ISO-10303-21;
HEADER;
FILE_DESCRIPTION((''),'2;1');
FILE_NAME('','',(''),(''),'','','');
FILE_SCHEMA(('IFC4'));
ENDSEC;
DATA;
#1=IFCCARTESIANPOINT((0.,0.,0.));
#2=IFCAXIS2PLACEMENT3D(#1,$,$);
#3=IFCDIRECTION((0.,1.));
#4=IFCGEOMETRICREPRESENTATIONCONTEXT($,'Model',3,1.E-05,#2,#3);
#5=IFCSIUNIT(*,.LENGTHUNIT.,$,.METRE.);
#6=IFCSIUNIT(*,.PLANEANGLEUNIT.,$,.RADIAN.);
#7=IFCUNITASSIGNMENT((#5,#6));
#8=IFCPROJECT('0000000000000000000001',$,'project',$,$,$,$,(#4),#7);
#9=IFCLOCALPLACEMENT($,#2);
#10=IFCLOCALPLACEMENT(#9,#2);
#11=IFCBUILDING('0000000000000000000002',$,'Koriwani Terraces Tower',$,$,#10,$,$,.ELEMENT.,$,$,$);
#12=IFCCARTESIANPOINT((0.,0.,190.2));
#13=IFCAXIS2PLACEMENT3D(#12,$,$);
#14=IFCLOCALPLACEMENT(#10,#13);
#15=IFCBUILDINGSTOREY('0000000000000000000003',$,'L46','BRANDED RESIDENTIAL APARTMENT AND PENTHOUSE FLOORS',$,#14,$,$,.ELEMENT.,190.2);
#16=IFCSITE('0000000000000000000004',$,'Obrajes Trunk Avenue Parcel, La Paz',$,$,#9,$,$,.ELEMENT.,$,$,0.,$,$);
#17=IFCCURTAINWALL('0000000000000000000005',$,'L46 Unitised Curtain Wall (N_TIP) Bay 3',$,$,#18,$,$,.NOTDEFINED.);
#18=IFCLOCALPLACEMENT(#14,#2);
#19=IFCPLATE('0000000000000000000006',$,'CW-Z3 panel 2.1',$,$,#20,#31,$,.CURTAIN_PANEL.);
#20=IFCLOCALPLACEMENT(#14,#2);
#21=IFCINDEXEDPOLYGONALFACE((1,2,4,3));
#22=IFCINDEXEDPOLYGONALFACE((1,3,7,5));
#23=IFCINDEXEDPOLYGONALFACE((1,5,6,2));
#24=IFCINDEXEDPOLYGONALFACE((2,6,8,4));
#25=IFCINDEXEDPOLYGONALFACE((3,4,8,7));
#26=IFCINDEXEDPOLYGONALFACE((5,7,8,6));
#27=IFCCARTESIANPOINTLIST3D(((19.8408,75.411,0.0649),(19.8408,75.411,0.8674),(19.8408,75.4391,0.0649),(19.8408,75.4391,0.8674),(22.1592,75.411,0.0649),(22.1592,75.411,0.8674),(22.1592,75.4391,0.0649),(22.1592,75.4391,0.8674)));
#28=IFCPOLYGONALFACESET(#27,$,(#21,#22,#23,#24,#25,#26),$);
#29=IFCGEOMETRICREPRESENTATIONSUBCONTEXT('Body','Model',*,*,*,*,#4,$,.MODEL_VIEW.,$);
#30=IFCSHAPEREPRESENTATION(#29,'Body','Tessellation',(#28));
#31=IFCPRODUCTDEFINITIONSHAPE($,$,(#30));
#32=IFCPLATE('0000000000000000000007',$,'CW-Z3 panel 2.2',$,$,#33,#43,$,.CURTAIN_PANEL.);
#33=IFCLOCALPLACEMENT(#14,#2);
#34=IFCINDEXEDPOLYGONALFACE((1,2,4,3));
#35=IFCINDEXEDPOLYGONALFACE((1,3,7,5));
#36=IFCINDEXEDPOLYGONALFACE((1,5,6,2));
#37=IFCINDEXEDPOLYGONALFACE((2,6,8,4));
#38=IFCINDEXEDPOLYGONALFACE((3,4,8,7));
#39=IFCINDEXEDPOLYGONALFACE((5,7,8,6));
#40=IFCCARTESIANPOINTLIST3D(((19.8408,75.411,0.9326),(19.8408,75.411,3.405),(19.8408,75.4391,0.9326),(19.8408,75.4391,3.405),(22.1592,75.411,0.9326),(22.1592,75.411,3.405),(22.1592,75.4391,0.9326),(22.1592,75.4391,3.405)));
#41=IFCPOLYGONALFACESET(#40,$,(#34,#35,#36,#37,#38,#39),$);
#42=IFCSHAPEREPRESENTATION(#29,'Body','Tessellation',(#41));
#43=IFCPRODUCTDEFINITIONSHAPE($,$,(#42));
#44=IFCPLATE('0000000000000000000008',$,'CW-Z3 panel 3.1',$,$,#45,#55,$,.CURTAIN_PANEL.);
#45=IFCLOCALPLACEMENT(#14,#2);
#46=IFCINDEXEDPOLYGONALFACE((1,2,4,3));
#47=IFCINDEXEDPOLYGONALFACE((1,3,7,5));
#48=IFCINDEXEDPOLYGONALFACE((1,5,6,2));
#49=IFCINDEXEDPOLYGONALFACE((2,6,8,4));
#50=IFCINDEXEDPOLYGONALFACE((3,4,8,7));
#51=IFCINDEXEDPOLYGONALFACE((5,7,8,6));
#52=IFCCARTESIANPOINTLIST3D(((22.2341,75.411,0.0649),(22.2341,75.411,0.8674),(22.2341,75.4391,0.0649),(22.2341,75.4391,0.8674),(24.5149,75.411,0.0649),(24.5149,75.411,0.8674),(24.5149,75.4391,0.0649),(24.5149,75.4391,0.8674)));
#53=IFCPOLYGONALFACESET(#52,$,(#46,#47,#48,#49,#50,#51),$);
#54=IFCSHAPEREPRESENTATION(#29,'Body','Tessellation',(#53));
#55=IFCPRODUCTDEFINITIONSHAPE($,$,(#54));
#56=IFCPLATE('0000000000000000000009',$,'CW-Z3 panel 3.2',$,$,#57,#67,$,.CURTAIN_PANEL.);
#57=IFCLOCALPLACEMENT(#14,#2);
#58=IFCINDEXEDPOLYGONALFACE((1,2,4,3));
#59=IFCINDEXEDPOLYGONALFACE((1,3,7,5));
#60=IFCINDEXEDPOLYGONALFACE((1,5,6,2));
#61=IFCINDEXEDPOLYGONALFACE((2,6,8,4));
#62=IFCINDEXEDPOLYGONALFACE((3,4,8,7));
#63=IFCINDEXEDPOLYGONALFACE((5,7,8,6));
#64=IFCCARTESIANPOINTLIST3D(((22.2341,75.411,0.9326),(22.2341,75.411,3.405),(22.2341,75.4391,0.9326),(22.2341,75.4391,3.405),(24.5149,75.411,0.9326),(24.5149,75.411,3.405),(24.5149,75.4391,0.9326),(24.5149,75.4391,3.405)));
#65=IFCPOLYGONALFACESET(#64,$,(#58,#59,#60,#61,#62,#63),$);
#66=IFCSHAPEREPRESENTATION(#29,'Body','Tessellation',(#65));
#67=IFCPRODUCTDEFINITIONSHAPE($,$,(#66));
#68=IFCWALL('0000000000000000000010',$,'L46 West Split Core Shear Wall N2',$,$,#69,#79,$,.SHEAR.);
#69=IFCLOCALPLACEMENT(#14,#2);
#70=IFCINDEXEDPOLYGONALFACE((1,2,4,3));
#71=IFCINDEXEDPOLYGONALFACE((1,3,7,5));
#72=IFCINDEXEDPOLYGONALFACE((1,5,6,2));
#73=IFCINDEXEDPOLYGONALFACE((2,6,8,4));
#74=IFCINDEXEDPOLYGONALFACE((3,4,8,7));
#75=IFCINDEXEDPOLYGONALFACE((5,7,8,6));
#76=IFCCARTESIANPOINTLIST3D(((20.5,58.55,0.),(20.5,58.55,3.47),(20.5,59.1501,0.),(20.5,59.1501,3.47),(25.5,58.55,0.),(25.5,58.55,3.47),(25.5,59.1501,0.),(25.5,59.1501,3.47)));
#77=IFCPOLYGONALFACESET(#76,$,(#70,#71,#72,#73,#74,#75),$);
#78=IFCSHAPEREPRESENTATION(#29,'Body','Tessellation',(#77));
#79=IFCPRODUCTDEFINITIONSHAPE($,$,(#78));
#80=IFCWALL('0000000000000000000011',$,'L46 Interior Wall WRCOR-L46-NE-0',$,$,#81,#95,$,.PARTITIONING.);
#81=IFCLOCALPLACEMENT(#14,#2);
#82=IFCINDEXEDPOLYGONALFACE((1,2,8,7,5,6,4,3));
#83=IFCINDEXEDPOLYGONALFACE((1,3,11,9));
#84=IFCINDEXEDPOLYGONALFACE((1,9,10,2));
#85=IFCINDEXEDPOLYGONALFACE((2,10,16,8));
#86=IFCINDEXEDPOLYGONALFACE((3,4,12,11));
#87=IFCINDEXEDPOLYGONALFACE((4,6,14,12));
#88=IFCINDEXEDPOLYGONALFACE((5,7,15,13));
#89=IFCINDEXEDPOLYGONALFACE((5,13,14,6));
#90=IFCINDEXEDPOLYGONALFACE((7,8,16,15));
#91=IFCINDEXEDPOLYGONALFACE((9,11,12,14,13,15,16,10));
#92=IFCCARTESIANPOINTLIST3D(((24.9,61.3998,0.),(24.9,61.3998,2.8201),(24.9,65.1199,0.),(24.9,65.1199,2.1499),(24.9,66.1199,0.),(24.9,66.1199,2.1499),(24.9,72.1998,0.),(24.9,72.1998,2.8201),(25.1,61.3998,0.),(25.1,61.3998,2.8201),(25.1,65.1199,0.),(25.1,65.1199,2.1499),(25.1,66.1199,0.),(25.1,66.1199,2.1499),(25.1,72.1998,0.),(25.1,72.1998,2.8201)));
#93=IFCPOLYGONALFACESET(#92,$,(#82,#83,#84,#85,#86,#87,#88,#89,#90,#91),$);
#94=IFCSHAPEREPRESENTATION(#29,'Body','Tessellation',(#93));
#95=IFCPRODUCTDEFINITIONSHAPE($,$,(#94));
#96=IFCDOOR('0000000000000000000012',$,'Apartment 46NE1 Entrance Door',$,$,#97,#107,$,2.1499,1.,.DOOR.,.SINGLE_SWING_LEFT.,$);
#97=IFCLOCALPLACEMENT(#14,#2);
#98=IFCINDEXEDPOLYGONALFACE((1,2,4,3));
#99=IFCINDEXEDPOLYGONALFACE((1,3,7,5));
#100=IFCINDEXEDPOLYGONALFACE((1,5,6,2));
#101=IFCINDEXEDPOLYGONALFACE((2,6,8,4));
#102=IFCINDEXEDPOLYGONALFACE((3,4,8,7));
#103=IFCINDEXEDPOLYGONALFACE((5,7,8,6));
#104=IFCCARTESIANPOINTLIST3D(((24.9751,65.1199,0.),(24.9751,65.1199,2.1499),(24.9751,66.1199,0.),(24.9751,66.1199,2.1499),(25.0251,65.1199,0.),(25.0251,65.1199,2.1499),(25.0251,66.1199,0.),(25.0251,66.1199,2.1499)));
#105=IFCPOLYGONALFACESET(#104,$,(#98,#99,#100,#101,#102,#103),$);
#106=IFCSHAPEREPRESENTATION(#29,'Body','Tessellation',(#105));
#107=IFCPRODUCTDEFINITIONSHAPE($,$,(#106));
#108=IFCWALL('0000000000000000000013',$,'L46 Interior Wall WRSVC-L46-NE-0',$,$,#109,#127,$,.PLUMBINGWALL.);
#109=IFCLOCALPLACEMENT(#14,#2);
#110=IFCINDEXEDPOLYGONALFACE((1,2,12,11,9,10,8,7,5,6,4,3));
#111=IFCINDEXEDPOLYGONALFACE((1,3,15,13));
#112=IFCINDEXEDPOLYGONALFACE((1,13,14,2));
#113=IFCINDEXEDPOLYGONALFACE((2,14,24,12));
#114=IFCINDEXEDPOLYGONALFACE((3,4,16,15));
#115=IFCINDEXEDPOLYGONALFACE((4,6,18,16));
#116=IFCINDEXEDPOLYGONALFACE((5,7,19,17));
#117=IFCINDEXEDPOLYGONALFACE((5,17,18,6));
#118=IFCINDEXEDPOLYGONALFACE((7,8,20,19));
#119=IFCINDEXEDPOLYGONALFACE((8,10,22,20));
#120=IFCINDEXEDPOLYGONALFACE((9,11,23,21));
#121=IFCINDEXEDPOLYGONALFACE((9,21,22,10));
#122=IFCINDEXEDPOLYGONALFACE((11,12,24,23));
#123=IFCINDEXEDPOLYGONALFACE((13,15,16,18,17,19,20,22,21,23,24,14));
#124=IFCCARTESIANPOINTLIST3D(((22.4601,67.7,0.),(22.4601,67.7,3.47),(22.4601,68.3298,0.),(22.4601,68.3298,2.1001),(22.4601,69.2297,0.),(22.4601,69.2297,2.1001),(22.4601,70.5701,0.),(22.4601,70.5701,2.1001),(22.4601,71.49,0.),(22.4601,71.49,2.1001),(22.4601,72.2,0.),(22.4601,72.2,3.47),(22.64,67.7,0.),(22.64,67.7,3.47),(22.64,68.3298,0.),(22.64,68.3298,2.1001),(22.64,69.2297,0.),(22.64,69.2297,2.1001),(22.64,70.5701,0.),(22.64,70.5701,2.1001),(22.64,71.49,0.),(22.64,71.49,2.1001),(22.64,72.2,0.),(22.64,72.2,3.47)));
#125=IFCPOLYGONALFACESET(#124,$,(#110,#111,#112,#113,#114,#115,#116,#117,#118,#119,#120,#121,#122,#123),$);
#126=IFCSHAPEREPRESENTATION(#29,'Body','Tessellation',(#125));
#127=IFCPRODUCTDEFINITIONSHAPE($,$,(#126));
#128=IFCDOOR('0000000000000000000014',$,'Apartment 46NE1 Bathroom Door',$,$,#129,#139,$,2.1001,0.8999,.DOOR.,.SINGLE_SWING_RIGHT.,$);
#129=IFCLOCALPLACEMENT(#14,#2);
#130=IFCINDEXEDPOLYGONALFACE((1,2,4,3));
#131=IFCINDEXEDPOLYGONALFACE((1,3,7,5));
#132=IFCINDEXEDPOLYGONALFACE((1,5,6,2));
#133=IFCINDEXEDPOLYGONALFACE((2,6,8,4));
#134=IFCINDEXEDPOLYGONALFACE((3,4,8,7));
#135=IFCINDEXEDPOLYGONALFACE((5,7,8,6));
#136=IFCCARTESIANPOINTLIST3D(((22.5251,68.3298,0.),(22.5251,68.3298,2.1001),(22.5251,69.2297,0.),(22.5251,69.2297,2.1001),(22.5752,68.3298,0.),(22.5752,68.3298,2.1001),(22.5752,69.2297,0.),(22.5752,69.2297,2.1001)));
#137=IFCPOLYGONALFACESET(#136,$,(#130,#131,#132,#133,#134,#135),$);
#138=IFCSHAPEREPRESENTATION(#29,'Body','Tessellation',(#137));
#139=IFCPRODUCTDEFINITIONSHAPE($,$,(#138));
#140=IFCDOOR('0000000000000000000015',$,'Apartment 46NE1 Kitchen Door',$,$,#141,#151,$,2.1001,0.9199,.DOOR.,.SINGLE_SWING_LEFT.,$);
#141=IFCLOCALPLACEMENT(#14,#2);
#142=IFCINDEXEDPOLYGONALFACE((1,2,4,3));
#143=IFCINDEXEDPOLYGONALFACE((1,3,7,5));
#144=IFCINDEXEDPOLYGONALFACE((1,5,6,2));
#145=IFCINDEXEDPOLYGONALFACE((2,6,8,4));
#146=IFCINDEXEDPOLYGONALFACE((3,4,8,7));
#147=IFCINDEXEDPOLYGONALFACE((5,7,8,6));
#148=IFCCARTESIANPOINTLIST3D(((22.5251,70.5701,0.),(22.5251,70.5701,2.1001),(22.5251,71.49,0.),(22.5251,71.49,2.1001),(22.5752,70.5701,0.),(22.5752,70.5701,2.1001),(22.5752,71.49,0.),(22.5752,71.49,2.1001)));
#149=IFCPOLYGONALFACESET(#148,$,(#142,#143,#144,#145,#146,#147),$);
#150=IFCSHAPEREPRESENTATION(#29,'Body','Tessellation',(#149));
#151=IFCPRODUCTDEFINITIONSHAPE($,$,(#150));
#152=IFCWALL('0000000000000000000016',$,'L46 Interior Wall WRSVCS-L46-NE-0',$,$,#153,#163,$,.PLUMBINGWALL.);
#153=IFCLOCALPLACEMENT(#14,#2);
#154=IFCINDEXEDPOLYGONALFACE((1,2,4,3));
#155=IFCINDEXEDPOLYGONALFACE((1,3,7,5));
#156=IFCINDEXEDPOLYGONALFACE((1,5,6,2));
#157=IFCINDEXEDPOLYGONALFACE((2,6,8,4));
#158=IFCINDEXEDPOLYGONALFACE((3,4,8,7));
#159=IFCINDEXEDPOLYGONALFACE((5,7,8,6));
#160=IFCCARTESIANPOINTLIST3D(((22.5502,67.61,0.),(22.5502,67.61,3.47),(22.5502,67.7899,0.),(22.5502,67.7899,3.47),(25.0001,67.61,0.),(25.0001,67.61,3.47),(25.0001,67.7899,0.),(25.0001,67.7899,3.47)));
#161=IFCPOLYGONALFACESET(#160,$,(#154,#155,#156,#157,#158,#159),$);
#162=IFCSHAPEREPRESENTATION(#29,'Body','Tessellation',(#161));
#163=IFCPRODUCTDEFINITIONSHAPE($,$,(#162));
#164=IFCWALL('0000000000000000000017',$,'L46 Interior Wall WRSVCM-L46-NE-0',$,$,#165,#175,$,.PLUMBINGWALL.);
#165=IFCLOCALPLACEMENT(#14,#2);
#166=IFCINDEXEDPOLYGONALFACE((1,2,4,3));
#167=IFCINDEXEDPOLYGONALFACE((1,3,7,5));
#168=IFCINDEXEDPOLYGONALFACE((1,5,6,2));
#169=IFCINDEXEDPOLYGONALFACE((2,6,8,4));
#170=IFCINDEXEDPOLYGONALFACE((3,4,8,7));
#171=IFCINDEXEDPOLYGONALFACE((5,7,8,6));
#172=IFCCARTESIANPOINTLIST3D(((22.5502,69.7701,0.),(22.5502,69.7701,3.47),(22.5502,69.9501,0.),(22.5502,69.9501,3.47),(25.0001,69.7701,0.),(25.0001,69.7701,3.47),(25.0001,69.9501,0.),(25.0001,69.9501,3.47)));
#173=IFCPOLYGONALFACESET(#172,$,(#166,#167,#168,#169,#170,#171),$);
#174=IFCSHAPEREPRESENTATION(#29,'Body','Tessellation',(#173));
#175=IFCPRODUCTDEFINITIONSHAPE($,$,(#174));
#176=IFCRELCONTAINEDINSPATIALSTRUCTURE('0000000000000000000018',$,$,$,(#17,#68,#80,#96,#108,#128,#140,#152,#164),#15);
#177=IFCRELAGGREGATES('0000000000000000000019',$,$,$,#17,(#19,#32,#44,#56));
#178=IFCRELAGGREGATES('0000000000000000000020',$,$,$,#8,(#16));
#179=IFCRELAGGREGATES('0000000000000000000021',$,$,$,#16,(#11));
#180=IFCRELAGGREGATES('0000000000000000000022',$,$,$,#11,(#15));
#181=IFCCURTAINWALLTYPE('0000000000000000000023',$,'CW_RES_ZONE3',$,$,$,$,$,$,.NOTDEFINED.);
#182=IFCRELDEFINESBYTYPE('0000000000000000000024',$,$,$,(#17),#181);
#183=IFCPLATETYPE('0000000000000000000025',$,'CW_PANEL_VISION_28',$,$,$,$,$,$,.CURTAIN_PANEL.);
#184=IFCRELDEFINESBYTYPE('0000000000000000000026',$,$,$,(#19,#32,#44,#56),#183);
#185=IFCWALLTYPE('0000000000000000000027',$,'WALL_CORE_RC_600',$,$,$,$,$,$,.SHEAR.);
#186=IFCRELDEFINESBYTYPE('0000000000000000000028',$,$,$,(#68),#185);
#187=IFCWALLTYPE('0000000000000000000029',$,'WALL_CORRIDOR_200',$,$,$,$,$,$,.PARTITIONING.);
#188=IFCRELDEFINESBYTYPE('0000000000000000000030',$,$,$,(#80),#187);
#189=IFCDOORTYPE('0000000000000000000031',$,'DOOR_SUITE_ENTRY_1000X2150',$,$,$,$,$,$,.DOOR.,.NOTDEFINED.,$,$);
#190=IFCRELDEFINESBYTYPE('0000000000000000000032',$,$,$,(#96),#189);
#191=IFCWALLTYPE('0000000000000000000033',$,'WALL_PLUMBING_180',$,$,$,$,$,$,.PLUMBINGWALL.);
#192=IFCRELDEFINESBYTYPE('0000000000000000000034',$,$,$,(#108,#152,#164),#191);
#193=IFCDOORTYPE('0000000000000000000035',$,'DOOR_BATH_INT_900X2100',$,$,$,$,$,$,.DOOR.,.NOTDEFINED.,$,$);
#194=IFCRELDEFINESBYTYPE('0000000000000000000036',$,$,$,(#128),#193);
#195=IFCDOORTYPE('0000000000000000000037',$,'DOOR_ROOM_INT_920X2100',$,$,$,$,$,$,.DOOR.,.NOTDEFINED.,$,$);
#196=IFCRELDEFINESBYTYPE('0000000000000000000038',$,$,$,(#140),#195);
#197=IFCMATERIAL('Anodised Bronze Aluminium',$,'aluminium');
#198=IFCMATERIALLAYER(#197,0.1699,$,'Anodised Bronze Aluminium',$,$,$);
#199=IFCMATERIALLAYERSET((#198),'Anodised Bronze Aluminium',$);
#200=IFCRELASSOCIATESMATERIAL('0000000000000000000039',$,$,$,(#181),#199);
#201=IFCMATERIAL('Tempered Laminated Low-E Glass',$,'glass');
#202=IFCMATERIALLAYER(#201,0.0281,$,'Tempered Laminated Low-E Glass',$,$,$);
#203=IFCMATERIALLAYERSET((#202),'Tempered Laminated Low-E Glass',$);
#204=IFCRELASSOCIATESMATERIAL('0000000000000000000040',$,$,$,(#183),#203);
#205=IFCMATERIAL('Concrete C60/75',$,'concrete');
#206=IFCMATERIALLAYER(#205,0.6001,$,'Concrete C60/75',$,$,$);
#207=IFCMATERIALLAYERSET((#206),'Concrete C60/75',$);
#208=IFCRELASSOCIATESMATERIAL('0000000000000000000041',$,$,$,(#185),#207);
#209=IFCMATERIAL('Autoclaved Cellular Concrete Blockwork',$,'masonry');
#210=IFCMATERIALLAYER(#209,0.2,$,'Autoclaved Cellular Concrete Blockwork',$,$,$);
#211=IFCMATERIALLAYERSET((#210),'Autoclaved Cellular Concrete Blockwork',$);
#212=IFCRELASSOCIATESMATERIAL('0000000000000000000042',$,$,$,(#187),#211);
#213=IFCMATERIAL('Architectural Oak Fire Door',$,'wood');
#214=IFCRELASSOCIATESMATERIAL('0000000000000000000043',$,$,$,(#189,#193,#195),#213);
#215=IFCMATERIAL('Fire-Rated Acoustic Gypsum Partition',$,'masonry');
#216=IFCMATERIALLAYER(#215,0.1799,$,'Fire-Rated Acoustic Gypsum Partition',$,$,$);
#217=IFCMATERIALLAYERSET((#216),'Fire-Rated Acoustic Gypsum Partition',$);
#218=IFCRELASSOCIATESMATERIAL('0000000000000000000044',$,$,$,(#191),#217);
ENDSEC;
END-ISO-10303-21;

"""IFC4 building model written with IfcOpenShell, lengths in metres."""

from ifc_helpers import new_model, si_unit, direction, frame, frame_2d, origin, origin_2d, place, context, subcontext, project, spatial, rectangle, extrude, material, layer, layer_set, type_object, element, fill, aggregate, save


model = new_model("IFC4")

# Units and contexts
model_context = context("Model", 3, precision=1e-05, world=origin(), true_north=direction((0.0, 1.0)))
body_context = subcontext(model_context, "Body", "Model", "MODEL_VIEW")
ifc_project = project(units=[si_unit("LENGTHUNIT", "METRE"), si_unit("PLANEANGLEUNIT", "RADIAN")], contexts=[model_context])

# Site, building, storey
site_placement = place(None, origin())
site = spatial("IfcSite", under=ifc_project, at=site_placement, Name="Obrajes Trunk Avenue Parcel, La Paz", CompositionType="ELEMENT", RefElevation=0.0)
building_placement = place(site_placement, origin())
building = spatial("IfcBuilding", under=site, at=building_placement, Name="Koriwani Terraces Tower", CompositionType="ELEMENT")
storey_placement = place(building_placement, frame((0.0, 0.0, 190.2)))
storey = spatial("IfcBuildingStorey", under=building, at=storey_placement, Name="L46", Description="BRANDED RESIDENTIAL APARTMENT AND PENTHOUSE FLOORS", CompositionType="ELEMENT", Elevation=190.2)

# Curtain wall, plates
ifc_material_1 = material(Name="Anodised Bronze Aluminium", Category="aluminium")
ifc_layer_1 = layer(ifc_material_1, 0.1699, Name="Anodised Bronze Aluminium")
ifc_layer_set_1 = layer_set([ifc_layer_1], Name="Anodised Bronze Aluminium")
curtain_wall_type = type_object("IfcCurtainWallType", Name="CW_RES_ZONE3", PredefinedType="NOTDEFINED", material=ifc_layer_set_1)
curtain_wall_placement = place(storey_placement, origin())
curtain_wall = element("IfcCurtainWall", 1, at=curtain_wall_placement, inside=storey, type_object=curtain_wall_type, Name="L46 Unitised Curtain Wall (N_TIP) Bay 3", PredefinedType="NOTDEFINED")
ifc_material_2 = material(Name="Tempered Laminated Low-E Glass", Category="glass")
ifc_layer_2 = layer(ifc_material_2, 0.0281, Name="Tempered Laminated Low-E Glass")
ifc_layer_set_2 = layer_set([ifc_layer_2], Name="Tempered Laminated Low-E Glass")
plate_type = type_object("IfcPlateType", Name="CW_PANEL_VISION_28", PredefinedType="CURTAIN_PANEL", material=ifc_layer_set_2)
plate_1_placement = place(storey_placement, frame((21.0, 75.425, 0.0649), z_axis=(0.0, 0.0, 1.0), x_axis=(1.0, 0.0, 0.0)))
plate_1 = element("IfcPlate", 2, at=plate_1_placement, type_object=plate_type, Name="CW-Z3 panel 2.1", PredefinedType="CURTAIN_PANEL", context=body_context, shape_type="SweptSolid", body=[
    extrude(rectangle(XDim=2.3184, YDim=0.0281, at=origin_2d()), origin(), (0.0, 0.0, 1.0), 0.8025),
])
plate_2_placement = place(storey_placement, frame((21.0, 75.425, 0.9326), z_axis=(0.0, 0.0, 1.0), x_axis=(1.0, 0.0, 0.0)))
plate_2 = element("IfcPlate", 3, at=plate_2_placement, type_object=plate_type, Name="CW-Z3 panel 2.2", PredefinedType="CURTAIN_PANEL", context=body_context, shape_type="SweptSolid", body=[
    extrude(rectangle(XDim=2.3184, YDim=0.0281, at=origin_2d()), origin(), (0.0, 0.0, 1.0), 2.4724),
])
plate_3_placement = place(storey_placement, frame((23.3745, 75.425, 0.0649), z_axis=(0.0, 0.0, 1.0), x_axis=(1.0, 0.0, 0.0)))
plate_3 = element("IfcPlate", 4, at=plate_3_placement, type_object=plate_type, Name="CW-Z3 panel 3.1", PredefinedType="CURTAIN_PANEL", context=body_context, shape_type="SweptSolid", body=[
    extrude(rectangle(XDim=2.2808, YDim=0.0281, at=origin_2d()), origin(), (0.0, 0.0, 1.0), 0.8025),
])
plate_4_placement = place(storey_placement, frame((23.3745, 75.425, 0.9326), z_axis=(0.0, 0.0, 1.0), x_axis=(1.0, 0.0, 0.0)))
plate_4 = element("IfcPlate", 5, at=plate_4_placement, type_object=plate_type, Name="CW-Z3 panel 3.2", PredefinedType="CURTAIN_PANEL", context=body_context, shape_type="SweptSolid", body=[
    extrude(rectangle(XDim=2.2808, YDim=0.0281, at=origin_2d()), origin(), (0.0, 0.0, 1.0), 2.4724),
])
aggregate(curtain_wall, [plate_1, plate_2, plate_3, plate_4])

# Wall
ifc_material_3 = material(Name="Concrete C60/75", Category="concrete")
ifc_layer_3 = layer(ifc_material_3, 0.6001, Name="Concrete C60/75")
ifc_layer_set_3 = layer_set([ifc_layer_3], Name="Concrete C60/75")
wall_type_1 = type_object("IfcWallType", Name="WALL_CORE_RC_600", PredefinedType="SHEAR", material=ifc_layer_set_3)
wall_1_placement = place(storey_placement, frame((20.5, 58.8501, 0.0), z_axis=(0.0, 0.0, 1.0), x_axis=(1.0, 0.0, 0.0)))
element("IfcWall", 6, at=wall_1_placement, inside=storey, type_object=wall_type_1, Name="L46 West Split Core Shear Wall N2", PredefinedType="SHEAR", context=body_context, shape_type="SweptSolid", body=[
    extrude(rectangle(XDim=5.0, YDim=0.6001, at=frame_2d((2.5, 0.0))), origin(), (0.0, 0.0, 1.0), 3.47),
])

# Wall, opening, door
ifc_material_4 = material(Name="Autoclaved Cellular Concrete Blockwork", Category="masonry")
ifc_layer_4 = layer(ifc_material_4, 0.2, Name="Autoclaved Cellular Concrete Blockwork")
ifc_layer_set_4 = layer_set([ifc_layer_4], Name="Autoclaved Cellular Concrete Blockwork")
wall_type_2 = type_object("IfcWallType", Name="WALL_CORRIDOR_200", PredefinedType="PARTITIONING", material=ifc_layer_set_4)
wall_2_placement = place(storey_placement, frame((25.0, 61.3999, 0.0), z_axis=(0.0, 0.0, 1.0), x_axis=(0.0, 1.0, 0.0)))
wall_2 = element("IfcWall", 7, at=wall_2_placement, inside=storey, type_object=wall_type_2, Name="L46 Interior Wall WRCOR-L46-NE-0", PredefinedType="PARTITIONING", context=body_context, shape_type="SweptSolid", body=[
    extrude(rectangle(XDim=10.8, YDim=0.2, at=frame_2d((5.3999, 0.0))), origin(), (0.0, 0.0, 1.0), 2.8201),
])
opening_1_placement = place(wall_2_placement, frame((3.72, 0.0, 0.0)))
opening_1 = element("IfcOpeningElement", 8, at=opening_1_placement, cuts=wall_2, PredefinedType="OPENING", context=body_context, shape_type="SweptSolid", body=[
    extrude(rectangle(XDim=1.0, YDim=2.1499, at=frame_2d((0.5, 1.075))), frame((0.0, 0.1099, 0.0), z_axis=(0.0, -1.0, 0.0), x_axis=(1.0, 0.0, 0.0)), (0.0, 0.0, 1.0), 0.22),
])
ifc_material_5 = material(Name="Architectural Oak Fire Door", Category="wood")
door_type_1 = type_object("IfcDoorType", Name="DOOR_SUITE_ENTRY_1000X2150", OperationType="NOTDEFINED", PredefinedType="DOOR", material=ifc_material_5)
door_1_placement = place(opening_1_placement, origin())
door_1 = element("IfcDoor", 9, at=door_1_placement, inside=storey, type_object=door_type_1, Name="Apartment 46NE1 Entrance Door", OperationType="SINGLE_SWING_LEFT", OverallHeight=2.1499, OverallWidth=1.0, PredefinedType="DOOR", context=body_context, shape_type="SweptSolid", body=[
    extrude(rectangle(XDim=1.0, YDim=2.1499, at=frame_2d((0.5, 1.075))), frame((0.0, 0.0249, 0.0), z_axis=(0.0, -1.0, 0.0), x_axis=(1.0, 0.0, 0.0)), (0.0, 0.0, 1.0), 0.05),
])
fill(opening_1, door_1)

# Wall, openings, doors
ifc_material_6 = material(Name="Fire-Rated Acoustic Gypsum Partition", Category="masonry")
ifc_layer_5 = layer(ifc_material_6, 0.1799, Name="Fire-Rated Acoustic Gypsum Partition")
ifc_layer_set_5 = layer_set([ifc_layer_5], Name="Fire-Rated Acoustic Gypsum Partition")
wall_type_3 = type_object("IfcWallType", Name="WALL_PLUMBING_180", PredefinedType="PLUMBINGWALL", material=ifc_layer_set_5)
wall_3_placement = place(storey_placement, frame((22.55, 67.7, 0.0), z_axis=(0.0, 0.0, 1.0), x_axis=(0.0, 1.0, 0.0)))
wall_3 = element("IfcWall", 10, at=wall_3_placement, inside=storey, type_object=wall_type_3, Name="L46 Interior Wall WRSVC-L46-NE-0", PredefinedType="PLUMBINGWALL", context=body_context, shape_type="SweptSolid", body=[
    extrude(rectangle(XDim=4.5, YDim=0.1799, at=frame_2d((2.25, 0.0))), origin(), (0.0, 0.0, 1.0), 3.47),
])
opening_2_placement = place(wall_3_placement, frame((0.6299, 0.0, 0.0)))
opening_2 = element("IfcOpeningElement", 11, at=opening_2_placement, cuts=wall_3, PredefinedType="OPENING", context=body_context, shape_type="SweptSolid", body=[
    extrude(rectangle(XDim=0.8999, YDim=2.1001, at=frame_2d((0.45, 1.05))), frame((0.0, 0.1001, 0.0), z_axis=(0.0, -1.0, 0.0), x_axis=(1.0, 0.0, 0.0)), (0.0, 0.0, 1.0), 0.2),
])
opening_3_placement = place(wall_3_placement, frame((2.8701, 0.0, 0.0)))
opening_3 = element("IfcOpeningElement", 12, at=opening_3_placement, cuts=wall_3, PredefinedType="OPENING", context=body_context, shape_type="SweptSolid", body=[
    extrude(rectangle(XDim=0.9199, YDim=2.1001, at=frame_2d((0.46, 1.05))), frame((0.0, 0.1001, 0.0), z_axis=(0.0, -1.0, 0.0), x_axis=(1.0, 0.0, 0.0)), (0.0, 0.0, 1.0), 0.2),
])
door_type_2 = type_object("IfcDoorType", Name="DOOR_BATH_INT_900X2100", OperationType="NOTDEFINED", PredefinedType="DOOR", material=ifc_material_5)
door_2_placement = place(opening_2_placement, origin())
door_2 = element("IfcDoor", 13, at=door_2_placement, inside=storey, type_object=door_type_2, Name="Apartment 46NE1 Bathroom Door", OperationType="SINGLE_SWING_RIGHT", OverallHeight=2.1001, OverallWidth=0.8999, PredefinedType="DOOR", context=body_context, shape_type="SweptSolid", body=[
    extrude(rectangle(XDim=0.8999, YDim=2.1001, at=frame_2d((0.45, 1.05))), frame((0.0, 0.0249, 0.0), z_axis=(0.0, -1.0, 0.0), x_axis=(1.0, 0.0, 0.0)), (0.0, 0.0, 1.0), 0.05),
])
fill(opening_2, door_2)
door_type_3 = type_object("IfcDoorType", Name="DOOR_ROOM_INT_920X2100", OperationType="NOTDEFINED", PredefinedType="DOOR", material=ifc_material_5)
door_3_placement = place(opening_3_placement, origin())
door_3 = element("IfcDoor", 14, at=door_3_placement, inside=storey, type_object=door_type_3, Name="Apartment 46NE1 Kitchen Door", OperationType="SINGLE_SWING_LEFT", OverallHeight=2.1001, OverallWidth=0.9199, PredefinedType="DOOR", context=body_context, shape_type="SweptSolid", body=[
    extrude(rectangle(XDim=0.9199, YDim=2.1001, at=frame_2d((0.46, 1.05))), frame((0.0, 0.0249, 0.0), z_axis=(0.0, -1.0, 0.0), x_axis=(1.0, 0.0, 0.0)), (0.0, 0.0, 1.0), 0.05),
])
fill(opening_3, door_3)

# Walls
for number, where, z_axis, x_axis, name in (
    (15, (22.55, 67.7, 0.0), (0.0, 0.0, 1.0), (1.0, 0.0, 0.0), "L46 Interior Wall WRSVCS-L46-NE-0"),
    (16, (22.55, 69.8601, 0.0), (0.0, 0.0, 1.0), (1.0, 0.0, 0.0), "L46 Interior Wall WRSVCM-L46-NE-0"),
):
    element("IfcWall", number, at=place(storey_placement, frame(where, z_axis=z_axis, x_axis=x_axis)), inside=storey, type_object=wall_type_3, Name=name, PredefinedType="PLUMBINGWALL", context=body_context, shape_type="SweptSolid", body=[
        extrude(rectangle(XDim=2.45, YDim=0.1799, at=frame_2d((1.2251, 0.0))), origin(), (0.0, 0.0, 1.0), 3.47),
    ])

save(model, "model.ifc")
